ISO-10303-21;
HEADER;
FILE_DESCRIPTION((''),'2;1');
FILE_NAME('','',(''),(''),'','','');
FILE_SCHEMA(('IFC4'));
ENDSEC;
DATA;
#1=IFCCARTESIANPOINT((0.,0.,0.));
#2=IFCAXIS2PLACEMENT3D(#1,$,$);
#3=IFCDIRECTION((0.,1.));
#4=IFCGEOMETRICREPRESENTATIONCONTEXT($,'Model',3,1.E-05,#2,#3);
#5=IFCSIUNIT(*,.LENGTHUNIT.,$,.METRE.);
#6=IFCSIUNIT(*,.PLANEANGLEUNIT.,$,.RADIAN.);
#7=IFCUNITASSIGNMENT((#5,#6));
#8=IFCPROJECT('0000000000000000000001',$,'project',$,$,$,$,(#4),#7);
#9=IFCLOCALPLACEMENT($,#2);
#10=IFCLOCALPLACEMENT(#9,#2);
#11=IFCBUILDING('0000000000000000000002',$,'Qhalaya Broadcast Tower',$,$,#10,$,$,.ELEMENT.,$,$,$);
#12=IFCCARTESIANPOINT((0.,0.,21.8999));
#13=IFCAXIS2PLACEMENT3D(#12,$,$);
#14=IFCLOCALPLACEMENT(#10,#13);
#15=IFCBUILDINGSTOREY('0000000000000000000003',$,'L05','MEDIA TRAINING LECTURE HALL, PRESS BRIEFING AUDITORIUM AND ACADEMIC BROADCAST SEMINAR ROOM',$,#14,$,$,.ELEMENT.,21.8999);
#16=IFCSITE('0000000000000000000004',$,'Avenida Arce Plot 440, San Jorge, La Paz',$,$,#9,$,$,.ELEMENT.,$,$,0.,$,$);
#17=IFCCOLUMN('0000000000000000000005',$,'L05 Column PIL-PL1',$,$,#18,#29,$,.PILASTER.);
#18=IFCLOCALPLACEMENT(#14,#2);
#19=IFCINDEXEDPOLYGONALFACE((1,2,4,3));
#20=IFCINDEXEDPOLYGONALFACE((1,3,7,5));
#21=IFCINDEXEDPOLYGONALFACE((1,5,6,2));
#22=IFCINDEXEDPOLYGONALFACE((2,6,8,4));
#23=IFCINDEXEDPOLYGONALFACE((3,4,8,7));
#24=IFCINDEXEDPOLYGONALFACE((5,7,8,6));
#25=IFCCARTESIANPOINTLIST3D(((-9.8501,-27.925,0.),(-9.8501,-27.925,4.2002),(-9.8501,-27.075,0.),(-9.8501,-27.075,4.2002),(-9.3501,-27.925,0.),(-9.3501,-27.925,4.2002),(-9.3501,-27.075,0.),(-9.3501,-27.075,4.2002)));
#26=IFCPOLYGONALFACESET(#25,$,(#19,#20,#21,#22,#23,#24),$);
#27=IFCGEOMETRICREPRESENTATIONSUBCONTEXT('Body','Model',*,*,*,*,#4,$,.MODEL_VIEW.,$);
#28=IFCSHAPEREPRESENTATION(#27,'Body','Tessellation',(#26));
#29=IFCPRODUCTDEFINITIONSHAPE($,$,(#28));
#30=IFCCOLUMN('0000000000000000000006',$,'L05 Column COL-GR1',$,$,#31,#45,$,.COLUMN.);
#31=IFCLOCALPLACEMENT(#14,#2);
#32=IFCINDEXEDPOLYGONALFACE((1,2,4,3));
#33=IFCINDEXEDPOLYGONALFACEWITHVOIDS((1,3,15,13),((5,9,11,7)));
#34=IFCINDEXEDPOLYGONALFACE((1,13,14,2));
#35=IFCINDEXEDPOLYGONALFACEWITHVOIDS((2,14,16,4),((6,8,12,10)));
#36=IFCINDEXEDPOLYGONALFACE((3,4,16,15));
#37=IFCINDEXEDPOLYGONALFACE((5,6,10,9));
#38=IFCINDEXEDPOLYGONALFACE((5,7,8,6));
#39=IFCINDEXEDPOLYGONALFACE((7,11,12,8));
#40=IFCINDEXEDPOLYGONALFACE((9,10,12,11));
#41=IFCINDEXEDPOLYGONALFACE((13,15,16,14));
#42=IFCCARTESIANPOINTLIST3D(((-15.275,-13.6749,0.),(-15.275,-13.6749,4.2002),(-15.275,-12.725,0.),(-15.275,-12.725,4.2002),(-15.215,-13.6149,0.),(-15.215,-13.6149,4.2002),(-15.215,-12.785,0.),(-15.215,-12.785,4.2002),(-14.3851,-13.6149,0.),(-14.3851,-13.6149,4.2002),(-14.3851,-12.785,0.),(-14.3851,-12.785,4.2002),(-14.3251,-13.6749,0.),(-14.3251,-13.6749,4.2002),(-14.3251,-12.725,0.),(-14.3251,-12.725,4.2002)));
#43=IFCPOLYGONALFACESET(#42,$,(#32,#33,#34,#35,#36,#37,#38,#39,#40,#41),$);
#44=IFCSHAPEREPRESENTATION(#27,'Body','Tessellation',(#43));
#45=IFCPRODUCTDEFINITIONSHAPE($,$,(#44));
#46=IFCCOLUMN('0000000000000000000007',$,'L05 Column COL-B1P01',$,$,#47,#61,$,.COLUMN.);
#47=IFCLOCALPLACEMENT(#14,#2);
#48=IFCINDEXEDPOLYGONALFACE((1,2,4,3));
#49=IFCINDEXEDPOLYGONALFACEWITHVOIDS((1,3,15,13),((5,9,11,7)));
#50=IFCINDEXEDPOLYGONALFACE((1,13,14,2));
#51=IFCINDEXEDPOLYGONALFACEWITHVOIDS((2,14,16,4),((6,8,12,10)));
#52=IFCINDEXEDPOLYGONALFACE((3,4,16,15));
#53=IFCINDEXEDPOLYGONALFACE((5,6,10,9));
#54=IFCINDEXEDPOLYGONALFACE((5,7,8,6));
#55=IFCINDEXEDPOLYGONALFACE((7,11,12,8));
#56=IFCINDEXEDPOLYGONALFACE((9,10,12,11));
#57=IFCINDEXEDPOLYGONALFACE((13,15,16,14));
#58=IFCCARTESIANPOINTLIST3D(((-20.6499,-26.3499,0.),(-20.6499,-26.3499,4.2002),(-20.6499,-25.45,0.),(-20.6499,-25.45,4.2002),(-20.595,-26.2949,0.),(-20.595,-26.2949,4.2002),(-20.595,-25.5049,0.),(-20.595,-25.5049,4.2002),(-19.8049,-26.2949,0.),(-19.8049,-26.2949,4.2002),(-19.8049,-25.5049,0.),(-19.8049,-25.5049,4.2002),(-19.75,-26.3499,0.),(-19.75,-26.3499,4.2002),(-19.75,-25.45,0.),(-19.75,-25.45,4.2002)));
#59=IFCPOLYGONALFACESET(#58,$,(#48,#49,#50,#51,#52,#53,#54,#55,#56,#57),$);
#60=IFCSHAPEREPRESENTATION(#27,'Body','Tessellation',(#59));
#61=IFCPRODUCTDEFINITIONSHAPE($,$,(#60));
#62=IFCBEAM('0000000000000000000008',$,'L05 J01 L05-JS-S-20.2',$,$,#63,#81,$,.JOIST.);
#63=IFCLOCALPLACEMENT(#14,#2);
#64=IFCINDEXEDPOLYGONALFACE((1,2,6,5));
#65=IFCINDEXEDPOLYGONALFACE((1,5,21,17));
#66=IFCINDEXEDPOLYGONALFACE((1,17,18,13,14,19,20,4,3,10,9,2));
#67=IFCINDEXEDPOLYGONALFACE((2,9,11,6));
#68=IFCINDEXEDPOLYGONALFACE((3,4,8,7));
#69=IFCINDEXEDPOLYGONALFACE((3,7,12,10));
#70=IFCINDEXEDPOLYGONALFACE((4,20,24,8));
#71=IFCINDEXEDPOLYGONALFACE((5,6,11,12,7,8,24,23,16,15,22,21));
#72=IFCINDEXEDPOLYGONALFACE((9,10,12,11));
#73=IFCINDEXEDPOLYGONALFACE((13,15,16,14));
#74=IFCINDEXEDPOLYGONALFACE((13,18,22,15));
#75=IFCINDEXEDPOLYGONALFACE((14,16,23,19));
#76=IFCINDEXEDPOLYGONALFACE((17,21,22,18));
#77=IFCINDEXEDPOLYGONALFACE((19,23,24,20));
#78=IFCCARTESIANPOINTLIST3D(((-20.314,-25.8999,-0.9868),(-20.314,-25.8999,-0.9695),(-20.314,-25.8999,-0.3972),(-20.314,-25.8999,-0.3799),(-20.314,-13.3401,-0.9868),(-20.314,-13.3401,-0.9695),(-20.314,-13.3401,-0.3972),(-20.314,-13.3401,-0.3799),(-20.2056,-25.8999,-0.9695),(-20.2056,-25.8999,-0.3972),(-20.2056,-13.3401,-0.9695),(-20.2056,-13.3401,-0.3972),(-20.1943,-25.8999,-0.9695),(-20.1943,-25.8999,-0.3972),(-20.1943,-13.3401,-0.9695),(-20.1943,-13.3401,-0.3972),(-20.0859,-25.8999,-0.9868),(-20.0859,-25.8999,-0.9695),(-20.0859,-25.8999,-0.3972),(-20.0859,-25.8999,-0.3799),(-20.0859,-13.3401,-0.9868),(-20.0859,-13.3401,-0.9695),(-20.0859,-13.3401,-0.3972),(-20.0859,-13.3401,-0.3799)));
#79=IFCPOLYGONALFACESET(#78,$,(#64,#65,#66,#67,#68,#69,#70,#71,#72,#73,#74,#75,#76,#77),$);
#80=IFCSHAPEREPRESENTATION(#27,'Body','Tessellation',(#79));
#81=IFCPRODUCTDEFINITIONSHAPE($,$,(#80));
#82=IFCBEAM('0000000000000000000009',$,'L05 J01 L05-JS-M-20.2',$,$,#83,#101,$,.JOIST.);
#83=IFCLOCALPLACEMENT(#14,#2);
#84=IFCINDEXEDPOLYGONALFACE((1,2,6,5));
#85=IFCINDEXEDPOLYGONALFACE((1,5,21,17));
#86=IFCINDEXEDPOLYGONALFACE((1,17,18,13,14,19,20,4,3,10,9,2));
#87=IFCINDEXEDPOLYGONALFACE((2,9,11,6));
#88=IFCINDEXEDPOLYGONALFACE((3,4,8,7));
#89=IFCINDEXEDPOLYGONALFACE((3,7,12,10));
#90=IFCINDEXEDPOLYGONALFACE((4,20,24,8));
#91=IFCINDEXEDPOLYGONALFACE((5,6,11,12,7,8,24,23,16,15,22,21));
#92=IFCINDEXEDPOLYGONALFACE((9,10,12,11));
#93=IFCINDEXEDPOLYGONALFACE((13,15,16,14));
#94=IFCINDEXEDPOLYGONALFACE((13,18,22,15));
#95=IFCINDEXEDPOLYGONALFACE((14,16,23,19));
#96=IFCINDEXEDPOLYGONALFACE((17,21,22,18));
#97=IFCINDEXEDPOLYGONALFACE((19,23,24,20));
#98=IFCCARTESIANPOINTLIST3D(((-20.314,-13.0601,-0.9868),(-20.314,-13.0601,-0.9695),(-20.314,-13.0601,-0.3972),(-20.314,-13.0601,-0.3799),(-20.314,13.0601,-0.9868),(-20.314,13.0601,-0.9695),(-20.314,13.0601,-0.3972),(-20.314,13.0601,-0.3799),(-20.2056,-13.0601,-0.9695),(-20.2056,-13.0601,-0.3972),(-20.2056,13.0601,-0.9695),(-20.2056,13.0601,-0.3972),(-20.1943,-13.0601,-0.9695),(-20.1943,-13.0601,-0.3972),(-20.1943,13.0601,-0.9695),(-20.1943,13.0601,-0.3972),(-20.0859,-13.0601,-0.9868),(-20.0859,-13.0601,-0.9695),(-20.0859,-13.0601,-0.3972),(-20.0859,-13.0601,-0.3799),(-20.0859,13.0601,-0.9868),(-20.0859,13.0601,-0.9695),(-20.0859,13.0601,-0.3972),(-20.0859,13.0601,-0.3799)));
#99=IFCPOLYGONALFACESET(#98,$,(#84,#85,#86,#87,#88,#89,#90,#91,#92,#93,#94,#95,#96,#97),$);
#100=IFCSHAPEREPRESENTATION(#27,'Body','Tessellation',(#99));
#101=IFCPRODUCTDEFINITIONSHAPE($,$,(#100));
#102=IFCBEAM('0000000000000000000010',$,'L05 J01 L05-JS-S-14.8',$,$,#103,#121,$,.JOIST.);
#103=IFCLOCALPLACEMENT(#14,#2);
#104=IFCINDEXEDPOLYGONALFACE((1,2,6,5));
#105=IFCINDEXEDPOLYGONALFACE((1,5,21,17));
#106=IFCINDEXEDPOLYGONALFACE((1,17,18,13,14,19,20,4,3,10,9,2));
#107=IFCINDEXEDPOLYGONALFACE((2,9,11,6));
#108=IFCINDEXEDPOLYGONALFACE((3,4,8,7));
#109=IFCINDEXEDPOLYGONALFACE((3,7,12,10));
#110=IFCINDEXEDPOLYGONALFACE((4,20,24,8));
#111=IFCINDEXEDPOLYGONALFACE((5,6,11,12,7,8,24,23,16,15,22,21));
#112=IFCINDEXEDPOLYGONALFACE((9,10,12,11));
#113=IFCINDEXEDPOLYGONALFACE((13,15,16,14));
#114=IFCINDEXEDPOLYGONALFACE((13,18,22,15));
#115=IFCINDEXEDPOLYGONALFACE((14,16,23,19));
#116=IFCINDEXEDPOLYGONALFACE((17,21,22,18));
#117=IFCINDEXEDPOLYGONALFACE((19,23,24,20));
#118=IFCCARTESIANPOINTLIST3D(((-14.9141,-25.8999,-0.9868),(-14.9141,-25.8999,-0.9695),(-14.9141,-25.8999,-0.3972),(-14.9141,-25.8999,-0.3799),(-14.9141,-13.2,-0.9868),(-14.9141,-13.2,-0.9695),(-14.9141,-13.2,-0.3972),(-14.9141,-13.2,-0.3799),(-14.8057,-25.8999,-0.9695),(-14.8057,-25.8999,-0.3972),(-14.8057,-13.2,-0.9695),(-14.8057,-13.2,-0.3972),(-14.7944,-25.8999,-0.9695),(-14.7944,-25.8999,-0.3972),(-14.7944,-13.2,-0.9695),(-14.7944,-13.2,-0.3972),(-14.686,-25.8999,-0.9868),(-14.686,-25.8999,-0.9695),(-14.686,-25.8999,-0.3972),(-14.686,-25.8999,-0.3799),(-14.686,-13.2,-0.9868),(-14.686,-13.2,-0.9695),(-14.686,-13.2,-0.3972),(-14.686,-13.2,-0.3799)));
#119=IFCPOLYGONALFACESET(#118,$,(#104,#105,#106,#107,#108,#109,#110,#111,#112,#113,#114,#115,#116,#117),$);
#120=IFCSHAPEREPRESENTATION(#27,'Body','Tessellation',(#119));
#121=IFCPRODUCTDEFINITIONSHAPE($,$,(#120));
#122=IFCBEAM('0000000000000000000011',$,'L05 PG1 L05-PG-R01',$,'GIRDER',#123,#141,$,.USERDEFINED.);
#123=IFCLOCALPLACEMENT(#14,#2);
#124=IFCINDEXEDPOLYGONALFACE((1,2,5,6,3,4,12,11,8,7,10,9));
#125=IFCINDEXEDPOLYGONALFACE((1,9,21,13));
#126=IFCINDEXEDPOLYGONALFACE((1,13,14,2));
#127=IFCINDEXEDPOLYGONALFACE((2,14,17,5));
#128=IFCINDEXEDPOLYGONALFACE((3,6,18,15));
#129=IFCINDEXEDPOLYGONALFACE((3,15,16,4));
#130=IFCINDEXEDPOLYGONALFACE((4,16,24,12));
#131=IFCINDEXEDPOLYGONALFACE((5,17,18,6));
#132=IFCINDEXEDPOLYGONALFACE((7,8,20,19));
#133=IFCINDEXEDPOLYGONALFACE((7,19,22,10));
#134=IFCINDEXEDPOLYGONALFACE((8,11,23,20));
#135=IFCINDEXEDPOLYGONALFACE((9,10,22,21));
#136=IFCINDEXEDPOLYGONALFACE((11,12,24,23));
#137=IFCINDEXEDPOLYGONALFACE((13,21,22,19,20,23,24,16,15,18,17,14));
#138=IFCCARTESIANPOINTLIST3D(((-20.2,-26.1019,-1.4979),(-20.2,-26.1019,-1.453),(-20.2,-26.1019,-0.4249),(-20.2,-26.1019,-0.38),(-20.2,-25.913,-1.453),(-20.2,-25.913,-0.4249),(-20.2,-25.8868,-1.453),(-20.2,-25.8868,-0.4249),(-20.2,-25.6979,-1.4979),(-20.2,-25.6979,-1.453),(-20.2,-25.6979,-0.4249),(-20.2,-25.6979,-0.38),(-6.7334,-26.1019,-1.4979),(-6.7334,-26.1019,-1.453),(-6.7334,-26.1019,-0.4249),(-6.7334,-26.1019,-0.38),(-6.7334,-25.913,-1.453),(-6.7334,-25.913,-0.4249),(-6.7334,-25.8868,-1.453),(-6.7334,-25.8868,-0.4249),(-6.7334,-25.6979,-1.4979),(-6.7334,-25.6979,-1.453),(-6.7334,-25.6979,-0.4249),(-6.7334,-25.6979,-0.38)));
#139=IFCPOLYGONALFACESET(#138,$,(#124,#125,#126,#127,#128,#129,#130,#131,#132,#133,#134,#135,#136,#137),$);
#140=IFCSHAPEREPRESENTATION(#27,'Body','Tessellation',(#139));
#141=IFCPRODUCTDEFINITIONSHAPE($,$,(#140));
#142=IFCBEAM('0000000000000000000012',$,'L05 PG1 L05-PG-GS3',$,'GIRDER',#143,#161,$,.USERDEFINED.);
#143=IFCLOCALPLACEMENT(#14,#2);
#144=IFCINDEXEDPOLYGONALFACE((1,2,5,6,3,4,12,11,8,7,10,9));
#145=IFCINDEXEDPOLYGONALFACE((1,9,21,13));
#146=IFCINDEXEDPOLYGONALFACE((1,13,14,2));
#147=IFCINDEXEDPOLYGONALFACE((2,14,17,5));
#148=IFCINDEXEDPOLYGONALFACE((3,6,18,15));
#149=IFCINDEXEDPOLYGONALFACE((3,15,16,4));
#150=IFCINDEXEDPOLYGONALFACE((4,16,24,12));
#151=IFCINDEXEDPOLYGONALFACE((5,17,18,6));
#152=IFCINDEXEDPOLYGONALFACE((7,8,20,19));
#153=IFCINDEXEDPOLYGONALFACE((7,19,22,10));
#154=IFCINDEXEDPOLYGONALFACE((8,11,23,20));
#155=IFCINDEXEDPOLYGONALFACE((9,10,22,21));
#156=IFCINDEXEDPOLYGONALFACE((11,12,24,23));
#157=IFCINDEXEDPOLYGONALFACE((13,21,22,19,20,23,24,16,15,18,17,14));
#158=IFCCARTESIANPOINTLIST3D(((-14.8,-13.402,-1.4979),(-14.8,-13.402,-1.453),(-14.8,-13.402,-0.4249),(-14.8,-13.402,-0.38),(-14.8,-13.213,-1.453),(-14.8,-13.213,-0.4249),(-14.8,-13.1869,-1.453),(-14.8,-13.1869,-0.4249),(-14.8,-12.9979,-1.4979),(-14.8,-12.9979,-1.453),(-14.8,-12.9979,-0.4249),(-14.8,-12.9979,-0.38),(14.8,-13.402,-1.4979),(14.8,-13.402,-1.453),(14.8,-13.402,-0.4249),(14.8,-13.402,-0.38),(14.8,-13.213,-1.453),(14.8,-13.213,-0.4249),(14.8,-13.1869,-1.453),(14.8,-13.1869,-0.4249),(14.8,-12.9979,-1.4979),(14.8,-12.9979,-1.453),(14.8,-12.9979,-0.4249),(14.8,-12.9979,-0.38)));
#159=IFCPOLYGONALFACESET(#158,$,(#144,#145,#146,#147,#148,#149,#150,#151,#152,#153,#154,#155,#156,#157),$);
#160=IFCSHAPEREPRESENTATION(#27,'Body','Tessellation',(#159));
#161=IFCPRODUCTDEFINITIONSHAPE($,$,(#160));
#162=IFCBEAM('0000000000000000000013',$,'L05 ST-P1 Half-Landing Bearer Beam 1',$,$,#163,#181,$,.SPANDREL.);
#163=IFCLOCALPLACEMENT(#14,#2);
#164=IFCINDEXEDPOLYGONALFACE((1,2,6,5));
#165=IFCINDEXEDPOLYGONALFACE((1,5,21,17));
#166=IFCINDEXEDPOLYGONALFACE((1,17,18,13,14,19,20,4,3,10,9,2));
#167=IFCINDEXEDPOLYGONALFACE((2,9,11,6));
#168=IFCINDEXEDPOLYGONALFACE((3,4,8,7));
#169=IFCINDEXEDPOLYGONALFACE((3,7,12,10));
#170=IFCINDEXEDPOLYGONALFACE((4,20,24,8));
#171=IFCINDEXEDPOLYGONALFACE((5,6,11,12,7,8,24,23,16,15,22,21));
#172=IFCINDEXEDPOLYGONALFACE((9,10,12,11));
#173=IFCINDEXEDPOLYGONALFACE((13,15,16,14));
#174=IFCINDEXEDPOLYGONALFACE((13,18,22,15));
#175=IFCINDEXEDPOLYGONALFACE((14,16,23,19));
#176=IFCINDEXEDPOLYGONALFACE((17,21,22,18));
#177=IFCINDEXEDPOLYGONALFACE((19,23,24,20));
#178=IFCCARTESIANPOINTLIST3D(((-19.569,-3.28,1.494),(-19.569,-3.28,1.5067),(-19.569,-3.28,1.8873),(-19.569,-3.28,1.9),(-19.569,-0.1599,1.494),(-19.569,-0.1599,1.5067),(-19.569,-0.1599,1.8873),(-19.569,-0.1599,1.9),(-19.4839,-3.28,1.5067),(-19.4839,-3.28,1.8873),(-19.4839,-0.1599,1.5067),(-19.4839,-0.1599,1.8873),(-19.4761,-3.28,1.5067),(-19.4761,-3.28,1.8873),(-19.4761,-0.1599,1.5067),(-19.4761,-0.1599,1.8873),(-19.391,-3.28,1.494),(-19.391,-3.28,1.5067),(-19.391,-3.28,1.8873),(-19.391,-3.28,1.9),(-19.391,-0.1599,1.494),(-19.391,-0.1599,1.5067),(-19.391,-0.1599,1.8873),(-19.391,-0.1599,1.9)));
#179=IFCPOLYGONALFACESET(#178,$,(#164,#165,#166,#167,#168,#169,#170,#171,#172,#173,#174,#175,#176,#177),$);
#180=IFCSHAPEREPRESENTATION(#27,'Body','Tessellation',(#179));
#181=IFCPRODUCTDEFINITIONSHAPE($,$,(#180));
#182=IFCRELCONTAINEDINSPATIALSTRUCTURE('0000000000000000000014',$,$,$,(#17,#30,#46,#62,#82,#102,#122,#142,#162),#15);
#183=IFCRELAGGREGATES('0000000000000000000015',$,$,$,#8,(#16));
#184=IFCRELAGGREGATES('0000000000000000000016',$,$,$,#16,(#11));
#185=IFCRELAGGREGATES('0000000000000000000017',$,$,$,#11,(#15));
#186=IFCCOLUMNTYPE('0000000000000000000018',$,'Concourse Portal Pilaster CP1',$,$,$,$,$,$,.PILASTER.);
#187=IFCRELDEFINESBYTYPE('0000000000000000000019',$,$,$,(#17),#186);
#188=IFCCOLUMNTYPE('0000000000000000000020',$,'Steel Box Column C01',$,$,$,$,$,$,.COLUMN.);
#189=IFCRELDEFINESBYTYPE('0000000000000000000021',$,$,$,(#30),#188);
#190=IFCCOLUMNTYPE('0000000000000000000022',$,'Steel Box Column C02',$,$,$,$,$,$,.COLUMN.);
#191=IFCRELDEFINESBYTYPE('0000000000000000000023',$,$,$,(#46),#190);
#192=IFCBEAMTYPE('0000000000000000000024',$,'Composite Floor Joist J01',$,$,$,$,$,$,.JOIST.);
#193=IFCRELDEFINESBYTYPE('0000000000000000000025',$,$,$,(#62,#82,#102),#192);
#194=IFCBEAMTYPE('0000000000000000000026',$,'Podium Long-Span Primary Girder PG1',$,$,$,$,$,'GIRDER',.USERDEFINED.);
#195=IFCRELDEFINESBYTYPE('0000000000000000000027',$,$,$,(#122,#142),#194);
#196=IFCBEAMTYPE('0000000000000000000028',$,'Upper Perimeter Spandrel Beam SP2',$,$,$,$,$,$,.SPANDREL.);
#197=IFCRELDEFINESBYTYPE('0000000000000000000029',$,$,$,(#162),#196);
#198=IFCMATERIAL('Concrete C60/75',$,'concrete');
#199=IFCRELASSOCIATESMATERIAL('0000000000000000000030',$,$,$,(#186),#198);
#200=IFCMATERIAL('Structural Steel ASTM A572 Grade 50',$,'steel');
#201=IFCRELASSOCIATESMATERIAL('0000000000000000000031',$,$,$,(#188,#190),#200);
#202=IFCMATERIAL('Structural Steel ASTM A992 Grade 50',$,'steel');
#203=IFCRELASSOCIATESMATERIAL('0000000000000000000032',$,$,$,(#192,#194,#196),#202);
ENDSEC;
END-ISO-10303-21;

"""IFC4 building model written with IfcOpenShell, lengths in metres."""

from ifc_helpers import new_model, si_unit, direction, frame, origin, origin_2d, place, context, subcontext, project, spatial, rectangle, hollow_rectangle, i_section, extrude, material, material_profile, profile_set, type_object, element, save


model = new_model("IFC4")

# Units and contexts
model_context = context("Model", 3, precision=1e-05, world=origin(), true_north=direction((0.0, 1.0)))
body_context = subcontext(model_context, "Body", "Model", "MODEL_VIEW")
ifc_project = project(units=[si_unit("LENGTHUNIT", "METRE"), si_unit("PLANEANGLEUNIT", "RADIAN")], contexts=[model_context])

# Site, building, storey
site_placement = place(None, origin())
site = spatial("IfcSite", under=ifc_project, at=site_placement, Name="Avenida Arce Plot 440, San Jorge, La Paz", CompositionType="ELEMENT", RefElevation=0.0)
building_placement = place(site_placement, origin())
building = spatial("IfcBuilding", under=site, at=building_placement, Name="Qhalaya Broadcast Tower", CompositionType="ELEMENT")
storey_placement = place(building_placement, frame((0.0, 0.0, 21.8999)))
storey = spatial("IfcBuildingStorey", under=building, at=storey_placement, Name="L05", Description="MEDIA TRAINING LECTURE HALL, PRESS BRIEFING AUDITORIUM AND ACADEMIC BROADCAST SEMINAR ROOM", CompositionType="ELEMENT", Elevation=21.8999)

# Columns
ifc_material_1 = material(Name="Concrete C60/75", Category="concrete")
ifc_material_profile_1 = material_profile(ifc_material_1, rectangle(XDim=0.5, YDim=0.8501, at=origin_2d()), Name="RC-PIL 500x850")
ifc_profile_set_1 = profile_set([ifc_material_profile_1], Name="Concrete C60/75")
column_type_1 = type_object("IfcColumnType", Name="Concourse Portal Pilaster CP1", PredefinedType="PILASTER", material=ifc_profile_set_1)
column_1_placement = place(storey_placement, frame((-9.6001, -27.5, 0.0), z_axis=(0.0, 0.0, 1.0), x_axis=(1.0, 0.0, 0.0)))
element("IfcColumn", 1, at=column_1_placement, inside=storey, type_object=column_type_1, Name="L05 Column PIL-PL1", PredefinedType="PILASTER", context=body_context, shape_type="SweptSolid", body=[
    extrude(rectangle(XDim=0.5, YDim=0.8501, at=origin_2d()), origin(), (0.0, 0.0, 1.0), 4.2002),
])
ifc_material_2 = material(Name="Structural Steel ASTM A572 Grade 50", Category="steel")
ifc_material_profile_2 = material_profile(ifc_material_2, hollow_rectangle(XDim=0.95, YDim=0.95, WallThickness=0.0601, at=origin_2d()), Name="BOX 950x950x60")
ifc_profile_set_2 = profile_set([ifc_material_profile_2], Name="Structural Steel ASTM A572 Grade 50")
column_type_2 = type_object("IfcColumnType", Name="Steel Box Column C01", PredefinedType="COLUMN", material=ifc_profile_set_2)
column_2_placement = place(storey_placement, frame((-14.8, -13.2, 0.0), z_axis=(0.0, 0.0, 1.0), x_axis=(1.0, 0.0, 0.0)))
element("IfcColumn", 2, at=column_2_placement, inside=storey, type_object=column_type_2, Name="L05 Column COL-GR1", PredefinedType="COLUMN", context=body_context, shape_type="SweptSolid", body=[
    extrude(hollow_rectangle(XDim=0.95, YDim=0.95, WallThickness=0.0601, at=origin_2d()), origin(), (0.0, 0.0, 1.0), 4.2002),
])
ifc_material_profile_3 = material_profile(ifc_material_2, hollow_rectangle(XDim=0.8999, YDim=0.8999, WallThickness=0.0549, at=origin_2d()), Name="BOX 900x900x55")
ifc_profile_set_3 = profile_set([ifc_material_profile_3], Name="Structural Steel ASTM A572 Grade 50")
column_type_3 = type_object("IfcColumnType", Name="Steel Box Column C02", PredefinedType="COLUMN", material=ifc_profile_set_3)
column_3_placement = place(storey_placement, frame((-20.2, -25.8999, 0.0), z_axis=(0.0, 0.0, 1.0), x_axis=(1.0, 0.0, 0.0)))
element("IfcColumn", 3, at=column_3_placement, inside=storey, type_object=column_type_3, Name="L05 Column COL-B1P01", PredefinedType="COLUMN", context=body_context, shape_type="SweptSolid", body=[
    extrude(hollow_rectangle(XDim=0.8999, YDim=0.8999, WallThickness=0.0549, at=origin_2d()), origin(), (0.0, 0.0, 1.0), 4.2002),
])

# Beams
ifc_material_3 = material(Name="Structural Steel ASTM A992 Grade 50", Category="steel")
ifc_material_profile_4 = material_profile(ifc_material_3, i_section(OverallWidth=0.228, OverallDepth=0.6069, WebThickness=0.0112, FlangeThickness=0.0173, at=origin_2d()), Name="W24X76")
ifc_profile_set_4 = profile_set([ifc_material_profile_4], Name="Structural Steel ASTM A992 Grade 50")
beam_type_1 = type_object("IfcBeamType", Name="Composite Floor Joist J01", PredefinedType="JOIST", material=ifc_profile_set_4)
beam_1_placement = place(storey_placement, frame((-20.2, -25.8999, -0.6833), z_axis=(0.0, 1.0, 0.0), x_axis=(-1.0, 0.0, 0.0)))
element("IfcBeam", 4, at=beam_1_placement, inside=storey, type_object=beam_type_1, Name="L05 J01 L05-JS-S-20.2", PredefinedType="JOIST", context=body_context, shape_type="SweptSolid", body=[
    extrude(i_section(OverallWidth=0.228, OverallDepth=0.6069, WebThickness=0.0112, FlangeThickness=0.0173, at=origin_2d()), origin(), (0.0, 0.0, 1.0), 12.5598),
])
beam_2_placement = place(storey_placement, frame((-20.2, -13.0601, -0.6833), z_axis=(0.0, 1.0, 0.0), x_axis=(-1.0, 0.0, 0.0)))
element("IfcBeam", 5, at=beam_2_placement, inside=storey, type_object=beam_type_1, Name="L05 J01 L05-JS-M-20.2", PredefinedType="JOIST", context=body_context, shape_type="SweptSolid", body=[
    extrude(i_section(OverallWidth=0.228, OverallDepth=0.6069, WebThickness=0.0112, FlangeThickness=0.0173, at=origin_2d()), origin(), (0.0, 0.0, 1.0), 26.1201),
])
beam_3_placement = place(storey_placement, frame((-14.8, -25.8999, -0.6833), z_axis=(0.0, 1.0, 0.0), x_axis=(-1.0, 0.0, 0.0)))
element("IfcBeam", 6, at=beam_3_placement, inside=storey, type_object=beam_type_1, Name="L05 J01 L05-JS-S-14.8", PredefinedType="JOIST", context=body_context, shape_type="SweptSolid", body=[
    extrude(i_section(OverallWidth=0.228, OverallDepth=0.6069, WebThickness=0.0112, FlangeThickness=0.0173, at=origin_2d()), origin(), (0.0, 0.0, 1.0), 12.7),
])
ifc_material_profile_5 = material_profile(ifc_material_3, i_section(OverallWidth=0.4041, OverallDepth=1.1179, WebThickness=0.0261, FlangeThickness=0.0449, at=origin_2d()), Name="W44X335")
ifc_profile_set_5 = profile_set([ifc_material_profile_5], Name="Structural Steel ASTM A992 Grade 50")
beam_type_2 = type_object("IfcBeamType", Name="Podium Long-Span Primary Girder PG1", ElementType="GIRDER", PredefinedType="USERDEFINED", material=ifc_profile_set_5)
beam_4_placement = place(storey_placement, frame((-20.2, -25.8999, -0.939), z_axis=(1.0, 0.0, 0.0), x_axis=(0.0, 1.0, 0.0)))
element("IfcBeam", 7, at=beam_4_placement, inside=storey, type_object=beam_type_2, Name="L05 PG1 L05-PG-R01", ObjectType="GIRDER", PredefinedType="USERDEFINED", context=body_context, shape_type="SweptSolid", body=[
    extrude(i_section(OverallWidth=0.4041, OverallDepth=1.1179, WebThickness=0.0261, FlangeThickness=0.0449, at=origin_2d()), origin(), (0.0, 0.0, 1.0), 13.4666),
])
beam_5_placement = place(storey_placement, frame((-14.8, -13.2, -0.939), z_axis=(1.0, 0.0, 0.0), x_axis=(0.0, 1.0, 0.0)))
element("IfcBeam", 8, at=beam_5_placement, inside=storey, type_object=beam_type_2, Name="L05 PG1 L05-PG-GS3", ObjectType="GIRDER", PredefinedType="USERDEFINED", context=body_context, shape_type="SweptSolid", body=[
    extrude(i_section(OverallWidth=0.4041, OverallDepth=1.1179, WebThickness=0.0261, FlangeThickness=0.0449, at=origin_2d()), origin(), (0.0, 0.0, 1.0), 29.6001),
])
ifc_material_profile_6 = material_profile(ifc_material_3, i_section(OverallWidth=0.178, OverallDepth=0.406, WebThickness=0.0078, FlangeThickness=0.0127, at=origin_2d()), Name="W16X40")
ifc_profile_set_6 = profile_set([ifc_material_profile_6], Name="Structural Steel ASTM A992 Grade 50")
beam_type_3 = type_object("IfcBeamType", Name="Upper Perimeter Spandrel Beam SP2", PredefinedType="SPANDREL", material=ifc_profile_set_6)
for number, where, z_axis, x_axis, name in (
    (9, (-19.48, -3.28, 1.697), (0.0, 1.0, 0.0), (-1.0, 0.0, 0.0), "L05 ST-P1 Half-Landing Bearer Beam 1"),
):
    element("IfcBeam", number, at=place(storey_placement, frame(where, z_axis=z_axis, x_axis=x_axis)), inside=storey, type_object=beam_type_3, Name=name, PredefinedType="SPANDREL", context=body_context, shape_type="SweptSolid", body=[
        extrude(i_section(OverallWidth=0.178, OverallDepth=0.406, WebThickness=0.0078, FlangeThickness=0.0127, at=origin_2d()), origin(), (0.0, 0.0, 1.0), 3.1201),
    ])

save(model, "model.ifc")
